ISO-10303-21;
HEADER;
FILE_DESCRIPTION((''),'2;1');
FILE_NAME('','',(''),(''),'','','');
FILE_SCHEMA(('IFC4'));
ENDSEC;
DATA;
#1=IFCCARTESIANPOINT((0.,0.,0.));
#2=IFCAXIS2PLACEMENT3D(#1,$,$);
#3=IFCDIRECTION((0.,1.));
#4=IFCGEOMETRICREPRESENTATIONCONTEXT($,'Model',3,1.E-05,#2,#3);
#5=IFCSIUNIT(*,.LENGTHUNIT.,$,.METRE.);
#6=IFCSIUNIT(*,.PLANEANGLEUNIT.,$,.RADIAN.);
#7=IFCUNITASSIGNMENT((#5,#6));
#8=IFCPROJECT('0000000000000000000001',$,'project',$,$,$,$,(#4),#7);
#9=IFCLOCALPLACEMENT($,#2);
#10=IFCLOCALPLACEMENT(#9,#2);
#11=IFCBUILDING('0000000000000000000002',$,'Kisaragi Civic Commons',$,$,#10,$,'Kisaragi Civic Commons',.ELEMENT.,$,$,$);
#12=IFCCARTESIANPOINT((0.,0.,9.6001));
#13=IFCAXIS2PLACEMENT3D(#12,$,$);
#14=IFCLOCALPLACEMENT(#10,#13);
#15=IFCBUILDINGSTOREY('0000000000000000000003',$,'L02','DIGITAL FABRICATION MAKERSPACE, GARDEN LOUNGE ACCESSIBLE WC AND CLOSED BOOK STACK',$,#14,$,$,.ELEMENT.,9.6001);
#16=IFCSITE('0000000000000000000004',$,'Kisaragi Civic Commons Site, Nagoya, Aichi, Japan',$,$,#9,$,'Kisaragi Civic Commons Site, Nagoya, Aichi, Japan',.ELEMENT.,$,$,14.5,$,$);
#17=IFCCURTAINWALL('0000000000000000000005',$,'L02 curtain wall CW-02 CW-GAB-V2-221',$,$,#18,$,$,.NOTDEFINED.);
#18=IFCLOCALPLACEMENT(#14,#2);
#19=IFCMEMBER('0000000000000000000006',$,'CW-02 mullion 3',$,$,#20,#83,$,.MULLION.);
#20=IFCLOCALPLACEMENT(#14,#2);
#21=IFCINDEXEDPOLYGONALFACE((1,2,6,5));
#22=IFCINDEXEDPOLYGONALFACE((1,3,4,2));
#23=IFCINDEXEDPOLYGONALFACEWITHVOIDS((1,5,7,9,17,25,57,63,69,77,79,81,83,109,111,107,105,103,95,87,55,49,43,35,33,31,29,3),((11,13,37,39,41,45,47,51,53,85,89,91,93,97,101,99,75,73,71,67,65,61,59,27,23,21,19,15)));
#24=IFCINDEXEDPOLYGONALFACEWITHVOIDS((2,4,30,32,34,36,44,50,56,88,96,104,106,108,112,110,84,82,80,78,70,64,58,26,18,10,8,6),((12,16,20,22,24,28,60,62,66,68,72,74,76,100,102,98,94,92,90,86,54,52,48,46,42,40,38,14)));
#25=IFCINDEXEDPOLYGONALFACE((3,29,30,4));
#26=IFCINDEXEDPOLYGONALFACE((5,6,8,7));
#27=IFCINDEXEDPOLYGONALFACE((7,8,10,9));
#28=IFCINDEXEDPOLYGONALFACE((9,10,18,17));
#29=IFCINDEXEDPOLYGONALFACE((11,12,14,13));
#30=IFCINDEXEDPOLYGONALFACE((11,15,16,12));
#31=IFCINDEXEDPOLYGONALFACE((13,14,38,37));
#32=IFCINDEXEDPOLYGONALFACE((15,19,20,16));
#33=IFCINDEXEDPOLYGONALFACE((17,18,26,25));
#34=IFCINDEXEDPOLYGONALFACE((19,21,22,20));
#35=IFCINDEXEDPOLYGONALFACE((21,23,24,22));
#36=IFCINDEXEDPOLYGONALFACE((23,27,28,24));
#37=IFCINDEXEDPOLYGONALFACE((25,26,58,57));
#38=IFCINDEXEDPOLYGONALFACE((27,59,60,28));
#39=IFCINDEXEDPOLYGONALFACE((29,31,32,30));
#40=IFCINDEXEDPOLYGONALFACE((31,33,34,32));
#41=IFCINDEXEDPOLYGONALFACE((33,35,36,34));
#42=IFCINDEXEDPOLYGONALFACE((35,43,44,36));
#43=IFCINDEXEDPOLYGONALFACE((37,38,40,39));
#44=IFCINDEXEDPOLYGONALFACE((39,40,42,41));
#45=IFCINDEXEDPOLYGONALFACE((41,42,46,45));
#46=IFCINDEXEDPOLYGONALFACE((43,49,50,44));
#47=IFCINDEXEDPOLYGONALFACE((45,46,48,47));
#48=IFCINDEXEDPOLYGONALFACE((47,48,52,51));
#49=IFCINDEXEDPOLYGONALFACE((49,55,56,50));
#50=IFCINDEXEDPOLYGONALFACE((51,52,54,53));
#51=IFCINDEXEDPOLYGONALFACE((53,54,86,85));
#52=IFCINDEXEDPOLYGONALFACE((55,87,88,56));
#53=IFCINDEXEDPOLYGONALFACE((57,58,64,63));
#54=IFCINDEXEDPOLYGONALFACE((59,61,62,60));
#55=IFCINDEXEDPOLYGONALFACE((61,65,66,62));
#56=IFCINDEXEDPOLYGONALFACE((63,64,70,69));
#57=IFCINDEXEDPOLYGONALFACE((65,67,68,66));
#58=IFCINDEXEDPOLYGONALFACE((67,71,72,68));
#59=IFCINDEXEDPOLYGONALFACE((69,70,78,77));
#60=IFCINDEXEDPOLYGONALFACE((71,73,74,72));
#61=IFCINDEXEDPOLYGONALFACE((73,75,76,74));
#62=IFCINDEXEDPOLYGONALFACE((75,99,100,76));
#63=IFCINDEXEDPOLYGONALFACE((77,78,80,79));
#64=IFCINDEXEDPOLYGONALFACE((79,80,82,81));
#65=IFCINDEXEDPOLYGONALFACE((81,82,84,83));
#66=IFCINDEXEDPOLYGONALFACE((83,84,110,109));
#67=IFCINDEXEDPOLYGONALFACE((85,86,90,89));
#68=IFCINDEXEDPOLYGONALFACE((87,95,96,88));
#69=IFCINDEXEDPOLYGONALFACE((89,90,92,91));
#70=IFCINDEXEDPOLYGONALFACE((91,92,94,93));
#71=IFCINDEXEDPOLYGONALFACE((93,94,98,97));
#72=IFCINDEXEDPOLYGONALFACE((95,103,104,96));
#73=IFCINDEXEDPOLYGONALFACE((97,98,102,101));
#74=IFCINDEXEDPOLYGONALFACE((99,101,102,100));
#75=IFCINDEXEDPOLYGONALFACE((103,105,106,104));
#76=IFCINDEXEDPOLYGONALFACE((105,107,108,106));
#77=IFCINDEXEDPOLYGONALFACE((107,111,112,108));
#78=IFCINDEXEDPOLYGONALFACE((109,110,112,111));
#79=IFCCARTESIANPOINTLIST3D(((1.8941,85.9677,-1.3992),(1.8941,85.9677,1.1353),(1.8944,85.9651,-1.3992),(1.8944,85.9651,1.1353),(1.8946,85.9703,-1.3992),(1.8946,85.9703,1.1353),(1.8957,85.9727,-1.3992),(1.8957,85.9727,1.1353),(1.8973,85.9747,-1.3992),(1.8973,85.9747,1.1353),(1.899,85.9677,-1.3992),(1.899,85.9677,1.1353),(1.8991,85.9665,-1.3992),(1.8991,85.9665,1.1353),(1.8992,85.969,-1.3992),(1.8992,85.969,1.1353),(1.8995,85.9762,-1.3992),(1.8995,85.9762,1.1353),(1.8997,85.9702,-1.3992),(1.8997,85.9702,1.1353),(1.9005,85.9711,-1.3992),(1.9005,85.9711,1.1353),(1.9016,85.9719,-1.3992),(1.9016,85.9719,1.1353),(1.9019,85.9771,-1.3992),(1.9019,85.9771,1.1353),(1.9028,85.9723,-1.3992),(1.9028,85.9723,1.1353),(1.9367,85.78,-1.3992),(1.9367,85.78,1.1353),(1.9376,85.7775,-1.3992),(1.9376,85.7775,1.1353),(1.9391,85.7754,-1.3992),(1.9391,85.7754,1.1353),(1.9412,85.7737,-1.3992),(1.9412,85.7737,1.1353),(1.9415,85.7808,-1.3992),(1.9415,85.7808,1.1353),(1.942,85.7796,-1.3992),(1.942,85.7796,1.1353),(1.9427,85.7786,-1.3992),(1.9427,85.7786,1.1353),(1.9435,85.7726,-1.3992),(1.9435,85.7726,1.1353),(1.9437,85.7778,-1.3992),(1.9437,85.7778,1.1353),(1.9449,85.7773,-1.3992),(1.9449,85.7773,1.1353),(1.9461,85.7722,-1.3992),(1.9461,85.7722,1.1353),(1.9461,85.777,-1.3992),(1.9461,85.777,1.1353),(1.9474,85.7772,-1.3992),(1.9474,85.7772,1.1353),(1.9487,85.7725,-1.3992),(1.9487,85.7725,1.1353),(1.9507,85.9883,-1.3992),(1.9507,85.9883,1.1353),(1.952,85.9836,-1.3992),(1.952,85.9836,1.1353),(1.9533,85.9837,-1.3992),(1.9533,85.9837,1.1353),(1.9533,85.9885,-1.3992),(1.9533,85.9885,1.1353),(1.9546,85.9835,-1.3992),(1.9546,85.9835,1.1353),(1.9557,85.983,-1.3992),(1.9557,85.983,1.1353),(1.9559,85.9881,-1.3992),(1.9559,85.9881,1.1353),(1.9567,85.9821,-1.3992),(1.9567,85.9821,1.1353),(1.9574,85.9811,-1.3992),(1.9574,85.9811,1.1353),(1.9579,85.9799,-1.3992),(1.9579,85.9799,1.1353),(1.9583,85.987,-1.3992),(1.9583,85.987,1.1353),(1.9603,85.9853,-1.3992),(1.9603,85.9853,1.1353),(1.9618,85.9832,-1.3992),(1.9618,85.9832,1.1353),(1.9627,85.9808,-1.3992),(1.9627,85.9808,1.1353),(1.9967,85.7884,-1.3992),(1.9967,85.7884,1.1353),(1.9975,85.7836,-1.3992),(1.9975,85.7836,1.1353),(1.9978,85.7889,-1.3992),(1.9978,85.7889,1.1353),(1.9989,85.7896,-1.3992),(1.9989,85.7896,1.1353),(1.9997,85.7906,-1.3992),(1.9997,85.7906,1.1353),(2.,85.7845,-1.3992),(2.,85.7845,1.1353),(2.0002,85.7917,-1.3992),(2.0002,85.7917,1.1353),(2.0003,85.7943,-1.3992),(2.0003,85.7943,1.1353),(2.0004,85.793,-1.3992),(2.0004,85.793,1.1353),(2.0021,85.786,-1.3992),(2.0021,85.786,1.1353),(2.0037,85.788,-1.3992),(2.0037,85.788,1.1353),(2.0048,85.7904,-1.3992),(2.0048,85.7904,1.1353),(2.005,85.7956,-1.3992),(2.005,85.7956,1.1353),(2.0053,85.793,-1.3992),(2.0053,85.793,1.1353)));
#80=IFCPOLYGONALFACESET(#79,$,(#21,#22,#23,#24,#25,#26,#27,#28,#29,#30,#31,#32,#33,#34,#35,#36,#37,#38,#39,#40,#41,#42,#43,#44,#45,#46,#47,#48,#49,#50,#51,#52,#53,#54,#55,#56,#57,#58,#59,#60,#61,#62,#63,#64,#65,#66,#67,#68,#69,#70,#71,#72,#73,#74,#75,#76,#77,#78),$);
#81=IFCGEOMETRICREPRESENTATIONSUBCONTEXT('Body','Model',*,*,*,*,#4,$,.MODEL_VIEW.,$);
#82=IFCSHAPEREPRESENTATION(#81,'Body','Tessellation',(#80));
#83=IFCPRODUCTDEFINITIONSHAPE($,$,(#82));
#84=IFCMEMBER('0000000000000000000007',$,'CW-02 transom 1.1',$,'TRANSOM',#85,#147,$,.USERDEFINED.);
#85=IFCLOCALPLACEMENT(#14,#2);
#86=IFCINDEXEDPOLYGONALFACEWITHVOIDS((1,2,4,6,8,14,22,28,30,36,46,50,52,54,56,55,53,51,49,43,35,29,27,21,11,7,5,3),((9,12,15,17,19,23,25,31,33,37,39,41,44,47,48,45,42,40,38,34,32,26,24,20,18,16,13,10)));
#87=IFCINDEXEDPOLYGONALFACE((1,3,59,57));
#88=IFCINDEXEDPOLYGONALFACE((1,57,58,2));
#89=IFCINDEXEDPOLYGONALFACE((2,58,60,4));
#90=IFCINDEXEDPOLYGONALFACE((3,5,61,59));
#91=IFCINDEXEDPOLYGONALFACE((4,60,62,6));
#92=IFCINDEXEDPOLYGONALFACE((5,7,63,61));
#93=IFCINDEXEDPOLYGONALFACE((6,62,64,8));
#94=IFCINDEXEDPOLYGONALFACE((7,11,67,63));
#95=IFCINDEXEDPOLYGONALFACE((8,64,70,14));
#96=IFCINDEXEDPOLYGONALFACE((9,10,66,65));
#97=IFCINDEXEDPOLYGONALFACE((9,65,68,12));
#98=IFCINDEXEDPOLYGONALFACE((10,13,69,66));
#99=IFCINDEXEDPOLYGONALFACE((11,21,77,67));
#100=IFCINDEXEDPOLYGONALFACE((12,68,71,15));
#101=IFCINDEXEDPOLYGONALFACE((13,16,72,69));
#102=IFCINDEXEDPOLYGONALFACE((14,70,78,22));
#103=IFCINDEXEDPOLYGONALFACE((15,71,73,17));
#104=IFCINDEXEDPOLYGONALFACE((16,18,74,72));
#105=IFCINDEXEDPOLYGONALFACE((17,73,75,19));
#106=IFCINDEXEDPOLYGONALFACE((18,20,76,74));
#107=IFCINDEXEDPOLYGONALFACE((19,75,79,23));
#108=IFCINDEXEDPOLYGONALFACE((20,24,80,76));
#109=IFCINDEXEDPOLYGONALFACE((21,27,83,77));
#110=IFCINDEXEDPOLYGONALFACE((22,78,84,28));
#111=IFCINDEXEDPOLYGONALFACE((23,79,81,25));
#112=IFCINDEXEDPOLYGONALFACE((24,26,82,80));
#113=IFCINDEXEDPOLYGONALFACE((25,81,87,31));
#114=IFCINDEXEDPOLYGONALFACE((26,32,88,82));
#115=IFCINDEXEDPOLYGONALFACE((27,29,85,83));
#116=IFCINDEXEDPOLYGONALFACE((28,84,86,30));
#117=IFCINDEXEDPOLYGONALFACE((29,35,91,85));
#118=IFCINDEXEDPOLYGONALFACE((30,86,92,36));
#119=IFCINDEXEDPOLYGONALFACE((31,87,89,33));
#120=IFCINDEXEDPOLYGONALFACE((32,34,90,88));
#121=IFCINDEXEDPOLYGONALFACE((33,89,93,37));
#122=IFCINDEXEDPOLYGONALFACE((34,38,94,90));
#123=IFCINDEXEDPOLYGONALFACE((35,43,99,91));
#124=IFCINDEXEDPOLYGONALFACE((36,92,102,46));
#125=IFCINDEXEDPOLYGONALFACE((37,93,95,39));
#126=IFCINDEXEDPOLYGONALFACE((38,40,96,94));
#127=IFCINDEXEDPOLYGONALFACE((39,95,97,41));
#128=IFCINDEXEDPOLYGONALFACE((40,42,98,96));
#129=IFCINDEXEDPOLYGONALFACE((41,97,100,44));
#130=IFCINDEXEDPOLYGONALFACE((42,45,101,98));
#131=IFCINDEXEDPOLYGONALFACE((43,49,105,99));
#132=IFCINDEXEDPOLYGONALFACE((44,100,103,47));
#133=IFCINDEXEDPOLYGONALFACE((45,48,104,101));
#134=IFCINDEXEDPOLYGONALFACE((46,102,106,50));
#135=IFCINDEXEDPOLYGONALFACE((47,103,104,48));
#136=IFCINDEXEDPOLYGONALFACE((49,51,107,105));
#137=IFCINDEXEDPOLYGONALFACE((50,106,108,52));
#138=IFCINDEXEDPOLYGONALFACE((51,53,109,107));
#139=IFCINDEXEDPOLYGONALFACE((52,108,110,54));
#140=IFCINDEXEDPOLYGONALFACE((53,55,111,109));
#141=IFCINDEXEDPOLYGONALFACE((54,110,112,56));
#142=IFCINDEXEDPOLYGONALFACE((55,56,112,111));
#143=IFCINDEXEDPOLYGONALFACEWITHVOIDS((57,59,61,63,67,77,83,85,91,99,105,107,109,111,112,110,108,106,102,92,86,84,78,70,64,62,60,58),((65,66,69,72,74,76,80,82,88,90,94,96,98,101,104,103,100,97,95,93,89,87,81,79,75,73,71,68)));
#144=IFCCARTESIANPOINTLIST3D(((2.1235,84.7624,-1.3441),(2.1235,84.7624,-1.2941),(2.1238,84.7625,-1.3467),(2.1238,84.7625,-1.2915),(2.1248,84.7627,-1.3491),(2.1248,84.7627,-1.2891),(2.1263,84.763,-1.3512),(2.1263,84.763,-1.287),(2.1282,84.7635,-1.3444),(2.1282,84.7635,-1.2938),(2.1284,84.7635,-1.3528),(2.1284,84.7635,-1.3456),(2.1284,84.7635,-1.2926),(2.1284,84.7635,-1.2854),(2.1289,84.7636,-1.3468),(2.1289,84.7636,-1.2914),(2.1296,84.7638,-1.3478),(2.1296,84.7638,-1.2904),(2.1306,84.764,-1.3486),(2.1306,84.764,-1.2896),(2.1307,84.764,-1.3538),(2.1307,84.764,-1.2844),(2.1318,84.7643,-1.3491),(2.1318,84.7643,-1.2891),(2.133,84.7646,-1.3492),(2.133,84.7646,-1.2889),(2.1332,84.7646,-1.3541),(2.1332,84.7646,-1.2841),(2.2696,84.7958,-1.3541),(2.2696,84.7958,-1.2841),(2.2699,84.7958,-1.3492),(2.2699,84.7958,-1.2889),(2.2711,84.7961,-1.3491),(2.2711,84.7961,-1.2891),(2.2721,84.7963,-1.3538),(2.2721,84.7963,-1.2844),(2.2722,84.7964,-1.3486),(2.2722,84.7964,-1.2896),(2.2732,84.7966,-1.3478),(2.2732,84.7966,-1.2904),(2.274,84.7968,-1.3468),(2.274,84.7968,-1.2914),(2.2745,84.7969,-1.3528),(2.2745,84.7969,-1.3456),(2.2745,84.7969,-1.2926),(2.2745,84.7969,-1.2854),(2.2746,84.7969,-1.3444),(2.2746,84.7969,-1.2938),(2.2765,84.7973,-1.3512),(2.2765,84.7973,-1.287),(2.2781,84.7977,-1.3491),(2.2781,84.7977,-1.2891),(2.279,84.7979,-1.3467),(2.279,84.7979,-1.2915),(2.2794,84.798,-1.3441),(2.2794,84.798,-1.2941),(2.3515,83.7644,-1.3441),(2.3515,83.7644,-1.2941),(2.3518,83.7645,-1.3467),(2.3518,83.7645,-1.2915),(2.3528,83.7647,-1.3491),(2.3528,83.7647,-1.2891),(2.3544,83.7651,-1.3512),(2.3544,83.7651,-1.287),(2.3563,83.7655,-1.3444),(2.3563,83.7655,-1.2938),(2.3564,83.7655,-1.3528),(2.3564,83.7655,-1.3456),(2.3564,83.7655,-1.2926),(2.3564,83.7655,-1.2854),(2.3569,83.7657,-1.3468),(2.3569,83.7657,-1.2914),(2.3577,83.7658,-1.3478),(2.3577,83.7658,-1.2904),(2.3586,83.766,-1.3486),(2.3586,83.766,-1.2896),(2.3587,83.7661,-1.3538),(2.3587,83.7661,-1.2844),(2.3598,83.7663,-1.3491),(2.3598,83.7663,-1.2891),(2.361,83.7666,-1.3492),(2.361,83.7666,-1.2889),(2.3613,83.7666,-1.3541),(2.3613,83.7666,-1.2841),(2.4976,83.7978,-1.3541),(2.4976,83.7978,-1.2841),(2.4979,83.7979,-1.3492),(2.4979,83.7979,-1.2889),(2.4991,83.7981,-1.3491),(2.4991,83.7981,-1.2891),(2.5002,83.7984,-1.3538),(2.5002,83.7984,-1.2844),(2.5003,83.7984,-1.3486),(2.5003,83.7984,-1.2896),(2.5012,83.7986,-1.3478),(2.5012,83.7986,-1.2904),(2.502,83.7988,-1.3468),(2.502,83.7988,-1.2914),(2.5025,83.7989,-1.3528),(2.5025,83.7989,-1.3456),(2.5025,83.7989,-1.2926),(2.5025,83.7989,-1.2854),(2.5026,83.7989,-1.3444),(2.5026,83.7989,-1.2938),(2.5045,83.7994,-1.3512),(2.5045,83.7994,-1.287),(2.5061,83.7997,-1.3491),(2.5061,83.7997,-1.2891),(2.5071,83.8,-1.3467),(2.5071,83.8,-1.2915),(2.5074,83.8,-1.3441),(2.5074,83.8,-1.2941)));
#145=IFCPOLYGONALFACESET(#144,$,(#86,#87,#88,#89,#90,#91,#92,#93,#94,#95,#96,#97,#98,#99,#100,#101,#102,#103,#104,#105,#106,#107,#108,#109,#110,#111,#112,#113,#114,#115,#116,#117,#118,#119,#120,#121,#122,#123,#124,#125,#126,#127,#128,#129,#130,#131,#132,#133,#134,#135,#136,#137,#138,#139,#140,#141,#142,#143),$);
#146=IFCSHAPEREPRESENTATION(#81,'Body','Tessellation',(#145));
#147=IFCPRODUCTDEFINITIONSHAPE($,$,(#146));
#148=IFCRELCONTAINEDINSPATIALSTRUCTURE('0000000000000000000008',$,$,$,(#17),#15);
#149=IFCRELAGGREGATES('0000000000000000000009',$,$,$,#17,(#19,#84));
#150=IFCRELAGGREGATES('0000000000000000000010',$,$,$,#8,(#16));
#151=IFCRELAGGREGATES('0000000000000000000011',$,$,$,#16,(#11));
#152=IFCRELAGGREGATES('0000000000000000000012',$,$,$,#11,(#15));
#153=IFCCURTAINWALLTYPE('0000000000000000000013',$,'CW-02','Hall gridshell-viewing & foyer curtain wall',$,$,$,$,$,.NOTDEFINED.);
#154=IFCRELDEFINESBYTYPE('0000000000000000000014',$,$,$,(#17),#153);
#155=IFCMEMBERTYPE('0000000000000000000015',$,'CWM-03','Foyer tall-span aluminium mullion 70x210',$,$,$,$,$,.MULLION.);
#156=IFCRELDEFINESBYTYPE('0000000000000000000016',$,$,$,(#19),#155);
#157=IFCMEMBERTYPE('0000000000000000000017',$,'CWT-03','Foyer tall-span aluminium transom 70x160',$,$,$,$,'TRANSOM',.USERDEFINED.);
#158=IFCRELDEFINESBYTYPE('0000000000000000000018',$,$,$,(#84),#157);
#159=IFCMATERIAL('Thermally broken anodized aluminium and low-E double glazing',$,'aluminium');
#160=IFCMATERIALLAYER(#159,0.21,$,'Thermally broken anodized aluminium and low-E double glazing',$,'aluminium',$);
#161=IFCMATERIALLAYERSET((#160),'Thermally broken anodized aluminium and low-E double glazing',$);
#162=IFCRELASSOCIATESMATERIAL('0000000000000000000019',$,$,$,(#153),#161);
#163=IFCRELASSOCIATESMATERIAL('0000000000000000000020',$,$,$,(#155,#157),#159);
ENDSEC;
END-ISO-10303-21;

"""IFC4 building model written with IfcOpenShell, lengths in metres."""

from ifc_helpers import new_model, si_unit, direction, frame, origin, origin_2d, place, context, subcontext, project, spatial, hollow_rectangle, extrude, material, layer, layer_set, material_profile, profile_set, type_object, element, aggregate, save


model = new_model("IFC4")

# Units and contexts
model_context = context("Model", 3, precision=1e-05, world=origin(), true_north=direction((0.0, 1.0)))
body_context = subcontext(model_context, "Body", "Model", "MODEL_VIEW")
ifc_project = project(units=[si_unit("LENGTHUNIT", "METRE"), si_unit("PLANEANGLEUNIT", "RADIAN")], contexts=[model_context])

# Site, building, storey
site_placement = place(None, origin())
site = spatial("IfcSite", under=ifc_project, at=site_placement, Name="Kisaragi Civic Commons Site, Nagoya, Aichi, Japan", LongName="Kisaragi Civic Commons Site, Nagoya, Aichi, Japan", CompositionType="ELEMENT", RefElevation=14.5)
building_placement = place(site_placement, origin())
building = spatial("IfcBuilding", under=site, at=building_placement, Name="Kisaragi Civic Commons", LongName="Kisaragi Civic Commons", CompositionType="ELEMENT")
storey_placement = place(building_placement, frame((0.0, 0.0, 9.6001)))
storey = spatial("IfcBuildingStorey", under=building, at=storey_placement, Name="L02", Description="DIGITAL FABRICATION MAKERSPACE, GARDEN LOUNGE ACCESSIBLE WC AND CLOSED BOOK STACK", CompositionType="ELEMENT", Elevation=9.6001)

# Curtain wall, members
ifc_material_1 = material(Name="Thermally broken anodized aluminium and low-E double glazing", Category="aluminium")
ifc_layer_1 = layer(ifc_material_1, 0.21, Name="Thermally broken anodized aluminium and low-E double glazing", Category="aluminium")
ifc_layer_set_1 = layer_set([ifc_layer_1], Name="Thermally broken anodized aluminium and low-E double glazing")
curtain_wall_type = type_object("IfcCurtainWallType", Name="CW-02", Description="Hall gridshell-viewing & foyer curtain wall", PredefinedType="NOTDEFINED", material=ifc_layer_set_1)
curtain_wall_placement = place(storey_placement, origin())
curtain_wall = element("IfcCurtainWall", 1, at=curtain_wall_placement, inside=storey, type_object=curtain_wall_type, Name="L02 curtain wall CW-02 CW-GAB-V2-221", PredefinedType="NOTDEFINED")
ifc_material_profile_1 = material_profile(ifc_material_1, hollow_rectangle(XDim=0.0701, YDim=0.21, WallThickness=0.0049, InnerFilletRadius=0.0049, OuterFilletRadius=0.01, at=origin_2d()), Name="CWM-70x210x5", Category="aluminium")
ifc_profile_set_1 = profile_set([ifc_material_profile_1], Name="Thermally broken anodized aluminium and low-E double glazing")
member_type_1 = type_object("IfcMemberType", Name="CWM-03", Description="Foyer tall-span aluminium mullion 70x210", PredefinedType="MULLION", material=ifc_profile_set_1)
member_1_placement = place(storey_placement, frame((1.9497, 85.8804, -1.3992), z_axis=(0.0, 0.0, 1.0), x_axis=(-0.974844, -0.222889, 0.0)))
member_1 = element("IfcMember", 2, at=member_1_placement, type_object=member_type_1, Name="CW-02 mullion 3", PredefinedType="MULLION", context=body_context, shape_type="SweptSolid", body=[
    extrude(hollow_rectangle(XDim=0.0701, YDim=0.21, WallThickness=0.0049, InnerFilletRadius=0.0049, OuterFilletRadius=0.01, at=origin_2d()), origin(), (0.0, 0.0, 1.0), 2.5344),
])
ifc_material_profile_2 = material_profile(ifc_material_1, hollow_rectangle(XDim=0.1599, YDim=0.0701, WallThickness=0.0049, InnerFilletRadius=0.0049, OuterFilletRadius=0.01, at=origin_2d()), Name="CWT-70x160x5", Category="aluminium")
ifc_profile_set_2 = profile_set([ifc_material_profile_2], Name="Thermally broken anodized aluminium and low-E double glazing")
member_type_2 = type_object("IfcMemberType", Name="CWT-03", Description="Foyer tall-span aluminium transom 70x160", ElementType="TRANSOM", PredefinedType="USERDEFINED", material=ifc_profile_set_2)
member_2_placement = place(storey_placement, frame((2.4294, 83.7822, -1.3191), z_axis=(-0.222734, 0.974879, 0.0), x_axis=(-0.974879, -0.222734, 0.0)))
member_2 = element("IfcMember", 3, at=member_2_placement, type_object=member_type_2, Name="CW-02 transom 1.1", ObjectType="TRANSOM", PredefinedType="USERDEFINED", context=body_context, shape_type="SweptSolid", body=[
    extrude(hollow_rectangle(XDim=0.1599, YDim=0.0701, WallThickness=0.0049, InnerFilletRadius=0.0049, OuterFilletRadius=0.01, at=origin_2d()), origin(), (0.0, 0.0, 1.0), 1.0237),
])

aggregate(curtain_wall, [member_1, member_2])

save(model, "model.ifc")
